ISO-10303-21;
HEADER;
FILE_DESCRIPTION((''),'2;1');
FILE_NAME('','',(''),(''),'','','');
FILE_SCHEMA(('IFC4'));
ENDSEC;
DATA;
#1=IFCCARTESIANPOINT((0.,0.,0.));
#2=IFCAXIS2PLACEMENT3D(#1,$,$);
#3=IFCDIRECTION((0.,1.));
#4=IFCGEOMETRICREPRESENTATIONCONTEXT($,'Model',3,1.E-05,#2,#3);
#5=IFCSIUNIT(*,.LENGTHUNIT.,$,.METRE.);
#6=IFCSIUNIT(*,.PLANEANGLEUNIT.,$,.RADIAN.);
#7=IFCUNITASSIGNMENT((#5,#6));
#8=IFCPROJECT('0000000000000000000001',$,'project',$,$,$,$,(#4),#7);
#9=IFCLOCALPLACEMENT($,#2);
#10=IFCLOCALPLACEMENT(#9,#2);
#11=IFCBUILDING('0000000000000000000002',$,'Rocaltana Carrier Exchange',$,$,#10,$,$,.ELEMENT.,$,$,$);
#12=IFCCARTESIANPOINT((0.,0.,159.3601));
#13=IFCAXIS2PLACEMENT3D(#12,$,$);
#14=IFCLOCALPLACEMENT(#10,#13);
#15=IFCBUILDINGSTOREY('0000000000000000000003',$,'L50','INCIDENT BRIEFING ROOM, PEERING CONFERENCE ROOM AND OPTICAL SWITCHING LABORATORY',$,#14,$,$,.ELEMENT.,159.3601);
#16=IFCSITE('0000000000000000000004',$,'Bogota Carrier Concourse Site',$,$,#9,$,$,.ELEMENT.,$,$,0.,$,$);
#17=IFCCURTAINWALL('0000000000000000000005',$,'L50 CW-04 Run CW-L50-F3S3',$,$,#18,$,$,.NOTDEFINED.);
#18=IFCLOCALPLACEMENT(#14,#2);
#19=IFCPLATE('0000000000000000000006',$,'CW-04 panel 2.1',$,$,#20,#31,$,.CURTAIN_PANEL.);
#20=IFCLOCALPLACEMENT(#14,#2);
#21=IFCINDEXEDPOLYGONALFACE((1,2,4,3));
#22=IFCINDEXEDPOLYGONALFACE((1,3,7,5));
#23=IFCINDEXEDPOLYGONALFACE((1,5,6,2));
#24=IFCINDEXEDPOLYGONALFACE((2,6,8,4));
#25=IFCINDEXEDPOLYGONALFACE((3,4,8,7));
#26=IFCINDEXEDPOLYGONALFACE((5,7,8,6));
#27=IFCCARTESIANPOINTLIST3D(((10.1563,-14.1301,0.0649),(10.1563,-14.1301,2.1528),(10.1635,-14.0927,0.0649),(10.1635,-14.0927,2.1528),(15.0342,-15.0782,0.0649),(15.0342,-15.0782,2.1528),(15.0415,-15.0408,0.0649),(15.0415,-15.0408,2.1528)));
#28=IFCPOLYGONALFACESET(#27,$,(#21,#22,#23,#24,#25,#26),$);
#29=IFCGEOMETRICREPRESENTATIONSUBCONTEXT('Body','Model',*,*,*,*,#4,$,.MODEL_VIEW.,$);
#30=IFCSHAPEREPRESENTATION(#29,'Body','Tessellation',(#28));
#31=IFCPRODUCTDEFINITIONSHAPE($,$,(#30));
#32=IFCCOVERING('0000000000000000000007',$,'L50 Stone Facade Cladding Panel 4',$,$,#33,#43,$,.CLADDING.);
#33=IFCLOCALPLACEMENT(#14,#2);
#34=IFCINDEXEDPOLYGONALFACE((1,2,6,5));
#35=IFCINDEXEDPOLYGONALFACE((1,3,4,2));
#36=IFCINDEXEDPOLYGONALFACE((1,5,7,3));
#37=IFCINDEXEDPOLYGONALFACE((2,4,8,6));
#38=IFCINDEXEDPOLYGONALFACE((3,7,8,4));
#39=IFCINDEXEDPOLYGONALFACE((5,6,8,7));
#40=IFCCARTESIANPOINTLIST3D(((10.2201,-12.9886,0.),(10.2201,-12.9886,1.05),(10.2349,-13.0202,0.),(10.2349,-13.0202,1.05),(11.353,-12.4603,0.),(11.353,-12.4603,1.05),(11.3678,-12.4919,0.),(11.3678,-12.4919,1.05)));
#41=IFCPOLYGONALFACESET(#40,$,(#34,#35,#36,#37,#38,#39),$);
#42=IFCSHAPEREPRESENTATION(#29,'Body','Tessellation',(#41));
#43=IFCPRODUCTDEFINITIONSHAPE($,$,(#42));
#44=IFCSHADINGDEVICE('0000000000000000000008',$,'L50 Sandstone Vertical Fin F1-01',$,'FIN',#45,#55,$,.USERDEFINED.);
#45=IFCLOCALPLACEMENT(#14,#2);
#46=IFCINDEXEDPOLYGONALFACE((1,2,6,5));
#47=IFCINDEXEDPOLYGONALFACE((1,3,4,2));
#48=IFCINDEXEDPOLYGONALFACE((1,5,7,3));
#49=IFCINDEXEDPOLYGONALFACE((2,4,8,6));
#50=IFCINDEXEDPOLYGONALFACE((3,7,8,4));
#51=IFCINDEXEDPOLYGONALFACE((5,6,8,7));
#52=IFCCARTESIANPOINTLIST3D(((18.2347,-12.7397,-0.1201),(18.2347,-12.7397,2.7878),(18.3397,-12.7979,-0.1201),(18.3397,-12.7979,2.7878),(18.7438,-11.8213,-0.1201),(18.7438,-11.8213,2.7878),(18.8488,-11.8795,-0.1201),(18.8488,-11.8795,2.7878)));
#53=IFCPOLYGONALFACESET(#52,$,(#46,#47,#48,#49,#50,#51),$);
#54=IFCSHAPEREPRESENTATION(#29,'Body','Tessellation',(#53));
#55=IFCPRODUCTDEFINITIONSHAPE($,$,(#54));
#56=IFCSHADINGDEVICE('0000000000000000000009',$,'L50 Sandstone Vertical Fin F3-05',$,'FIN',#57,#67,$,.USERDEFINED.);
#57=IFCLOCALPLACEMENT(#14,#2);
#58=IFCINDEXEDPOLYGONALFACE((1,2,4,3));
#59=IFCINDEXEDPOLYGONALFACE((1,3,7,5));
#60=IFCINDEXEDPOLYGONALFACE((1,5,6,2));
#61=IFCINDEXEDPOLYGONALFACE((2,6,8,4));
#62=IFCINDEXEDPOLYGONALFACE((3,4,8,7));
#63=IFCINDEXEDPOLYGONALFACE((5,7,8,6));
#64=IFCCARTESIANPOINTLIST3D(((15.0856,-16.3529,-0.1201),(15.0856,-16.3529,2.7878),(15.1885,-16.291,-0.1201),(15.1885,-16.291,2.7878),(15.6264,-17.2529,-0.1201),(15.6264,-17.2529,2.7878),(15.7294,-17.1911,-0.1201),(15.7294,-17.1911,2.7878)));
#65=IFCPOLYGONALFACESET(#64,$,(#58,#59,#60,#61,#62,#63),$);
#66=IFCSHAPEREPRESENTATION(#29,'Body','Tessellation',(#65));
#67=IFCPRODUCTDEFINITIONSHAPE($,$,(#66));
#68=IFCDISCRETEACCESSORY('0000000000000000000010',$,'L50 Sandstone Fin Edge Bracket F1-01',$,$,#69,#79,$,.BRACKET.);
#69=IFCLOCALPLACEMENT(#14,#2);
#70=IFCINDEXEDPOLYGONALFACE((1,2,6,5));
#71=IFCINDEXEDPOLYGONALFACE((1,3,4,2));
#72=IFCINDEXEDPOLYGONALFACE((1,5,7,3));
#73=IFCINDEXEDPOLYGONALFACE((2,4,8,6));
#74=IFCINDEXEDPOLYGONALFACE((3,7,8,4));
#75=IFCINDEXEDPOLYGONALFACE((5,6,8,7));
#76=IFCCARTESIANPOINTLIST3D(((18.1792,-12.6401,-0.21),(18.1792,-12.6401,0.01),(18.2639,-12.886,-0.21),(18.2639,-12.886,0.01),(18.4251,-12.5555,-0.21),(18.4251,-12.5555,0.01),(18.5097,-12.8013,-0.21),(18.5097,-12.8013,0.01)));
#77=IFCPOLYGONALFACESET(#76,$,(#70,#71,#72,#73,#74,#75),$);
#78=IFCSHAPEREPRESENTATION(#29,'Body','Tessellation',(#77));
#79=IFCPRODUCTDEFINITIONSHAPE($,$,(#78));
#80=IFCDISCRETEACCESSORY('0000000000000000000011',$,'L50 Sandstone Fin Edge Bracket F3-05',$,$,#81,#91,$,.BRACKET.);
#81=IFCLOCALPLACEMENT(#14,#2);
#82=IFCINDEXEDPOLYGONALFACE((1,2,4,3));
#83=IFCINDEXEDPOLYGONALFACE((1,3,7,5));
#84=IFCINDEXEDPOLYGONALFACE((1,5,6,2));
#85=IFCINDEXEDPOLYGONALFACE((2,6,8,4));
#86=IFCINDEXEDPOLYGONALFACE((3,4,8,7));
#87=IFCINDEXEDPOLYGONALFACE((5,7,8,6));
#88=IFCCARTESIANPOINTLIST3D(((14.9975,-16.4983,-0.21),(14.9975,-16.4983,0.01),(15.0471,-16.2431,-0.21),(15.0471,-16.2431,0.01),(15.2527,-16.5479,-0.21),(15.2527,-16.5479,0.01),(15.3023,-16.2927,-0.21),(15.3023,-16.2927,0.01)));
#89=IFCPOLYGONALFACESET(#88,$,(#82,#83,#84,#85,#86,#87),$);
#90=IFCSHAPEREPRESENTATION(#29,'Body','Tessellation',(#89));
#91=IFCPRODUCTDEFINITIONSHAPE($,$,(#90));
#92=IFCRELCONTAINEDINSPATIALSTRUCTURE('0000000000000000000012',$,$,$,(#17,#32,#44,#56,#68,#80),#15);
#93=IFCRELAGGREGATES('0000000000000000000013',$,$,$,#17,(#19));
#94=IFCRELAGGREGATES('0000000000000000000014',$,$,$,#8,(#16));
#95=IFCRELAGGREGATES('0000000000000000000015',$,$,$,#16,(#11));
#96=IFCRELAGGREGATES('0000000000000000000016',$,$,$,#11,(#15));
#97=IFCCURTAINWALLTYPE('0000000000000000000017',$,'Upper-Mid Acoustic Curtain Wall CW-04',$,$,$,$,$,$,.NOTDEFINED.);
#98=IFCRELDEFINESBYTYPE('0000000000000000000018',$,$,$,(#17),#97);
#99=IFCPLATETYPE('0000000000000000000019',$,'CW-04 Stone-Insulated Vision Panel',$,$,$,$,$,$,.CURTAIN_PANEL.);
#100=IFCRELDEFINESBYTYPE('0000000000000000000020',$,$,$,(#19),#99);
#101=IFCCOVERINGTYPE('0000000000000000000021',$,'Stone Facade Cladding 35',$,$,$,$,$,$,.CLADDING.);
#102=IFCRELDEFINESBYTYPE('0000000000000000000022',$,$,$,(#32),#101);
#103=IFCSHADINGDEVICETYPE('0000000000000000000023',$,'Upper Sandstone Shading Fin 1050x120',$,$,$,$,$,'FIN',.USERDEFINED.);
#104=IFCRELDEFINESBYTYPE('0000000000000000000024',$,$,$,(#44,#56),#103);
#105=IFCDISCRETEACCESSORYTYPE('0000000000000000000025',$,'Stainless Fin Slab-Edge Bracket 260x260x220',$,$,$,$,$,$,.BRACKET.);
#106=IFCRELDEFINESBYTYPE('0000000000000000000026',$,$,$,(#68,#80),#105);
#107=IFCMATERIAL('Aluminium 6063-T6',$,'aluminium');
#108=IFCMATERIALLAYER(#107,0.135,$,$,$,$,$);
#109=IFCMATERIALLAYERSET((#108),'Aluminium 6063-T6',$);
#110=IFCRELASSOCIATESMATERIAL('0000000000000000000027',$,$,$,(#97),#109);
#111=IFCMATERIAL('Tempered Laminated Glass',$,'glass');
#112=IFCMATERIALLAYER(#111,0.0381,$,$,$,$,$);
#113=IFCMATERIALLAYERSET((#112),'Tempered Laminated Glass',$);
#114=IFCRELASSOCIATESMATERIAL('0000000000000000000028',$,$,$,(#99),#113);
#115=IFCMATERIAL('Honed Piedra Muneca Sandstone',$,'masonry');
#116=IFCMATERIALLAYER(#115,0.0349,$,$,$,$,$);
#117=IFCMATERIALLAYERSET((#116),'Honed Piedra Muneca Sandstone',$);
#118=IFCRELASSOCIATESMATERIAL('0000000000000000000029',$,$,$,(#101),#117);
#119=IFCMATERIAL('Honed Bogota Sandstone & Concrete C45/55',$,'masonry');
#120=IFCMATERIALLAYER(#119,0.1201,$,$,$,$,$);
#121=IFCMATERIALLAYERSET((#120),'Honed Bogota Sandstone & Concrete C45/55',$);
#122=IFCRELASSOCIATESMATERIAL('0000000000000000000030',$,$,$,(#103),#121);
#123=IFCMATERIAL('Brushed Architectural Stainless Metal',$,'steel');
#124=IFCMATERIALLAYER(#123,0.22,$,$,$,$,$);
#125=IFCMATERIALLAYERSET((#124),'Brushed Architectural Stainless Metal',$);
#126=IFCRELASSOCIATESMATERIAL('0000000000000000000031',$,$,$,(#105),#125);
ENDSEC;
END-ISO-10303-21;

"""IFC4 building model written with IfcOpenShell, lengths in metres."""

from ifc_helpers import new_model, si_unit, direction, frame, origin, origin_2d, place, context, subcontext, project, spatial, rectangle, extrude, material, layer, layer_set, type_object, element, aggregate, save


model = new_model("IFC4")

# Units and contexts
model_context = context("Model", 3, precision=1e-05, world=origin(), true_north=direction((0.0, 1.0)))
body_context = subcontext(model_context, "Body", "Model", "MODEL_VIEW")
ifc_project = project(units=[si_unit("LENGTHUNIT", "METRE"), si_unit("PLANEANGLEUNIT", "RADIAN")], contexts=[model_context])

# Site, building, storey
site_placement = place(None, origin())
site = spatial("IfcSite", under=ifc_project, at=site_placement, Name="Bogota Carrier Concourse Site", CompositionType="ELEMENT", RefElevation=0.0)
building_placement = place(site_placement, origin())
building = spatial("IfcBuilding", under=site, at=building_placement, Name="Rocaltana Carrier Exchange", CompositionType="ELEMENT")
storey_placement = place(building_placement, frame((0.0, 0.0, 159.3601)))
storey = spatial("IfcBuildingStorey", under=building, at=storey_placement, Name="L50", Description="INCIDENT BRIEFING ROOM, PEERING CONFERENCE ROOM AND OPTICAL SWITCHING LABORATORY", CompositionType="ELEMENT", Elevation=159.3601)

# Curtain wall
ifc_material_1 = material(Name="Aluminium 6063-T6", Category="aluminium")
ifc_layer_1 = layer(ifc_material_1, 0.135)
ifc_layer_set_1 = layer_set([ifc_layer_1], Name="Aluminium 6063-T6")
curtain_wall_type = type_object("IfcCurtainWallType", Name="Upper-Mid Acoustic Curtain Wall CW-04", PredefinedType="NOTDEFINED", material=ifc_layer_set_1)
curtain_wall_1_placement = place(storey_placement, origin())
curtain_wall_1 = element("IfcCurtainWall", 1, at=curtain_wall_1_placement, inside=storey, type_object=curtain_wall_type, Name="L50 CW-04 Run CW-L50-F3S3", PredefinedType="NOTDEFINED")

# Plate
ifc_material_2 = material(Name="Tempered Laminated Glass", Category="glass")
ifc_layer_2 = layer(ifc_material_2, 0.0381)
ifc_layer_set_2 = layer_set([ifc_layer_2], Name="Tempered Laminated Glass")
plate_type = type_object("IfcPlateType", Name="CW-04 Stone-Insulated Vision Panel", PredefinedType="CURTAIN_PANEL", material=ifc_layer_set_2)
plate_placement = place(storey_placement, frame((12.5989, -14.5854, 0.0649), z_axis=(0.0, 0.0, 1.0), x_axis=(0.981628, -0.190805, 0.0)))
plate = element("IfcPlate", 2, at=plate_placement, type_object=plate_type, Name="CW-04 panel 2.1", PredefinedType="CURTAIN_PANEL", context=body_context, shape_type="SweptSolid", body=[
    extrude(rectangle(XDim=4.9692, YDim=0.0381, at=origin_2d()), origin(), (0.0, 0.0, 1.0), 2.0879),
])
aggregate(curtain_wall_1, [plate])

# Covering
ifc_material_3 = material(Name="Honed Piedra Muneca Sandstone", Category="masonry")
ifc_layer_3 = layer(ifc_material_3, 0.0349)
ifc_layer_set_3 = layer_set([ifc_layer_3], Name="Honed Piedra Muneca Sandstone")
covering_type = type_object("IfcCoveringType", Name="Stone Facade Cladding 35", PredefinedType="CLADDING", material=ifc_layer_set_3)
covering_placement = place(storey_placement, frame((10.7939, -12.7402, 0.0), z_axis=(0.0, 0.0, 1.0), x_axis=(0.906308, 0.422618, 0.0)))
element("IfcCovering", 3, at=covering_placement, inside=storey, type_object=covering_type, Name="L50 Stone Facade Cladding Panel 4", PredefinedType="CLADDING", context=body_context, shape_type="SweptSolid", body=[
    extrude(rectangle(XDim=1.25, YDim=0.0349, at=origin_2d()), origin(), (0.0, 0.0, 1.0), 1.05),
])

# Shading devices
ifc_material_4 = material(Name="Honed Bogota Sandstone & Concrete C45/55", Category="masonry")
ifc_layer_4 = layer(ifc_material_4, 0.1201)
ifc_layer_set_4 = layer_set([ifc_layer_4], Name="Honed Bogota Sandstone & Concrete C45/55")
shading_device_type = type_object("IfcShadingDeviceType", Name="Upper Sandstone Shading Fin 1050x120", ElementType="FIN", PredefinedType="USERDEFINED", material=ifc_layer_set_4)
for number, where, z_axis, x_axis, name in (
    (4, (18.5417, -12.3096, -0.1201), (0.0, 0.0, 1.0), (0.48481, 0.87462, 0.0), "L50 Sandstone Vertical Fin F1-01"),
    (5, (15.4075, -16.772, -0.1201), (0.0, 0.0, 1.0), (0.515038, -0.857167, 0.0), "L50 Sandstone Vertical Fin F3-05"),
):
    element("IfcShadingDevice", number, at=place(storey_placement, frame(where, z_axis=z_axis, x_axis=x_axis)), inside=storey, type_object=shading_device_type, Name=name, ObjectType="FIN", PredefinedType="USERDEFINED", context=body_context, shape_type="SweptSolid", body=[
        extrude(rectangle(XDim=1.05, YDim=0.1201, at=origin_2d()), origin(), (0.0, 0.0, 1.0), 2.908),
    ])

# Discrete accessories
ifc_material_5 = material(Name="Brushed Architectural Stainless Metal", Category="steel")
ifc_layer_5 = layer(ifc_material_5, 0.22)
ifc_layer_set_5 = layer_set([ifc_layer_5], Name="Brushed Architectural Stainless Metal")
discrete_accessory_type = type_object("IfcDiscreteAccessoryType", Name="Stainless Fin Slab-Edge Bracket 260x260x220", PredefinedType="BRACKET", material=ifc_layer_set_5)
for number, where, z_axis, x_axis, name in (
    (6, (18.3445, -12.7207, -0.21), (0.0, 0.0, 1.0), (-0.325568, 0.945519, 0.0), "L50 Sandstone Fin Edge Bracket F1-01"),
    (7, (15.1499, -16.3955, -0.21), (0.0, 0.0, 1.0), (0.981627, -0.190809, 0.0), "L50 Sandstone Fin Edge Bracket F3-05"),
):
    element("IfcDiscreteAccessory", number, at=place(storey_placement, frame(where, z_axis=z_axis, x_axis=x_axis)), inside=storey, type_object=discrete_accessory_type, Name=name, PredefinedType="BRACKET", context=body_context, shape_type="SweptSolid", body=[
        extrude(rectangle(XDim=0.26, YDim=0.26, at=origin_2d()), origin(), (0.0, 0.0, 1.0), 0.22),
    ])

save(model, "model.ifc")
